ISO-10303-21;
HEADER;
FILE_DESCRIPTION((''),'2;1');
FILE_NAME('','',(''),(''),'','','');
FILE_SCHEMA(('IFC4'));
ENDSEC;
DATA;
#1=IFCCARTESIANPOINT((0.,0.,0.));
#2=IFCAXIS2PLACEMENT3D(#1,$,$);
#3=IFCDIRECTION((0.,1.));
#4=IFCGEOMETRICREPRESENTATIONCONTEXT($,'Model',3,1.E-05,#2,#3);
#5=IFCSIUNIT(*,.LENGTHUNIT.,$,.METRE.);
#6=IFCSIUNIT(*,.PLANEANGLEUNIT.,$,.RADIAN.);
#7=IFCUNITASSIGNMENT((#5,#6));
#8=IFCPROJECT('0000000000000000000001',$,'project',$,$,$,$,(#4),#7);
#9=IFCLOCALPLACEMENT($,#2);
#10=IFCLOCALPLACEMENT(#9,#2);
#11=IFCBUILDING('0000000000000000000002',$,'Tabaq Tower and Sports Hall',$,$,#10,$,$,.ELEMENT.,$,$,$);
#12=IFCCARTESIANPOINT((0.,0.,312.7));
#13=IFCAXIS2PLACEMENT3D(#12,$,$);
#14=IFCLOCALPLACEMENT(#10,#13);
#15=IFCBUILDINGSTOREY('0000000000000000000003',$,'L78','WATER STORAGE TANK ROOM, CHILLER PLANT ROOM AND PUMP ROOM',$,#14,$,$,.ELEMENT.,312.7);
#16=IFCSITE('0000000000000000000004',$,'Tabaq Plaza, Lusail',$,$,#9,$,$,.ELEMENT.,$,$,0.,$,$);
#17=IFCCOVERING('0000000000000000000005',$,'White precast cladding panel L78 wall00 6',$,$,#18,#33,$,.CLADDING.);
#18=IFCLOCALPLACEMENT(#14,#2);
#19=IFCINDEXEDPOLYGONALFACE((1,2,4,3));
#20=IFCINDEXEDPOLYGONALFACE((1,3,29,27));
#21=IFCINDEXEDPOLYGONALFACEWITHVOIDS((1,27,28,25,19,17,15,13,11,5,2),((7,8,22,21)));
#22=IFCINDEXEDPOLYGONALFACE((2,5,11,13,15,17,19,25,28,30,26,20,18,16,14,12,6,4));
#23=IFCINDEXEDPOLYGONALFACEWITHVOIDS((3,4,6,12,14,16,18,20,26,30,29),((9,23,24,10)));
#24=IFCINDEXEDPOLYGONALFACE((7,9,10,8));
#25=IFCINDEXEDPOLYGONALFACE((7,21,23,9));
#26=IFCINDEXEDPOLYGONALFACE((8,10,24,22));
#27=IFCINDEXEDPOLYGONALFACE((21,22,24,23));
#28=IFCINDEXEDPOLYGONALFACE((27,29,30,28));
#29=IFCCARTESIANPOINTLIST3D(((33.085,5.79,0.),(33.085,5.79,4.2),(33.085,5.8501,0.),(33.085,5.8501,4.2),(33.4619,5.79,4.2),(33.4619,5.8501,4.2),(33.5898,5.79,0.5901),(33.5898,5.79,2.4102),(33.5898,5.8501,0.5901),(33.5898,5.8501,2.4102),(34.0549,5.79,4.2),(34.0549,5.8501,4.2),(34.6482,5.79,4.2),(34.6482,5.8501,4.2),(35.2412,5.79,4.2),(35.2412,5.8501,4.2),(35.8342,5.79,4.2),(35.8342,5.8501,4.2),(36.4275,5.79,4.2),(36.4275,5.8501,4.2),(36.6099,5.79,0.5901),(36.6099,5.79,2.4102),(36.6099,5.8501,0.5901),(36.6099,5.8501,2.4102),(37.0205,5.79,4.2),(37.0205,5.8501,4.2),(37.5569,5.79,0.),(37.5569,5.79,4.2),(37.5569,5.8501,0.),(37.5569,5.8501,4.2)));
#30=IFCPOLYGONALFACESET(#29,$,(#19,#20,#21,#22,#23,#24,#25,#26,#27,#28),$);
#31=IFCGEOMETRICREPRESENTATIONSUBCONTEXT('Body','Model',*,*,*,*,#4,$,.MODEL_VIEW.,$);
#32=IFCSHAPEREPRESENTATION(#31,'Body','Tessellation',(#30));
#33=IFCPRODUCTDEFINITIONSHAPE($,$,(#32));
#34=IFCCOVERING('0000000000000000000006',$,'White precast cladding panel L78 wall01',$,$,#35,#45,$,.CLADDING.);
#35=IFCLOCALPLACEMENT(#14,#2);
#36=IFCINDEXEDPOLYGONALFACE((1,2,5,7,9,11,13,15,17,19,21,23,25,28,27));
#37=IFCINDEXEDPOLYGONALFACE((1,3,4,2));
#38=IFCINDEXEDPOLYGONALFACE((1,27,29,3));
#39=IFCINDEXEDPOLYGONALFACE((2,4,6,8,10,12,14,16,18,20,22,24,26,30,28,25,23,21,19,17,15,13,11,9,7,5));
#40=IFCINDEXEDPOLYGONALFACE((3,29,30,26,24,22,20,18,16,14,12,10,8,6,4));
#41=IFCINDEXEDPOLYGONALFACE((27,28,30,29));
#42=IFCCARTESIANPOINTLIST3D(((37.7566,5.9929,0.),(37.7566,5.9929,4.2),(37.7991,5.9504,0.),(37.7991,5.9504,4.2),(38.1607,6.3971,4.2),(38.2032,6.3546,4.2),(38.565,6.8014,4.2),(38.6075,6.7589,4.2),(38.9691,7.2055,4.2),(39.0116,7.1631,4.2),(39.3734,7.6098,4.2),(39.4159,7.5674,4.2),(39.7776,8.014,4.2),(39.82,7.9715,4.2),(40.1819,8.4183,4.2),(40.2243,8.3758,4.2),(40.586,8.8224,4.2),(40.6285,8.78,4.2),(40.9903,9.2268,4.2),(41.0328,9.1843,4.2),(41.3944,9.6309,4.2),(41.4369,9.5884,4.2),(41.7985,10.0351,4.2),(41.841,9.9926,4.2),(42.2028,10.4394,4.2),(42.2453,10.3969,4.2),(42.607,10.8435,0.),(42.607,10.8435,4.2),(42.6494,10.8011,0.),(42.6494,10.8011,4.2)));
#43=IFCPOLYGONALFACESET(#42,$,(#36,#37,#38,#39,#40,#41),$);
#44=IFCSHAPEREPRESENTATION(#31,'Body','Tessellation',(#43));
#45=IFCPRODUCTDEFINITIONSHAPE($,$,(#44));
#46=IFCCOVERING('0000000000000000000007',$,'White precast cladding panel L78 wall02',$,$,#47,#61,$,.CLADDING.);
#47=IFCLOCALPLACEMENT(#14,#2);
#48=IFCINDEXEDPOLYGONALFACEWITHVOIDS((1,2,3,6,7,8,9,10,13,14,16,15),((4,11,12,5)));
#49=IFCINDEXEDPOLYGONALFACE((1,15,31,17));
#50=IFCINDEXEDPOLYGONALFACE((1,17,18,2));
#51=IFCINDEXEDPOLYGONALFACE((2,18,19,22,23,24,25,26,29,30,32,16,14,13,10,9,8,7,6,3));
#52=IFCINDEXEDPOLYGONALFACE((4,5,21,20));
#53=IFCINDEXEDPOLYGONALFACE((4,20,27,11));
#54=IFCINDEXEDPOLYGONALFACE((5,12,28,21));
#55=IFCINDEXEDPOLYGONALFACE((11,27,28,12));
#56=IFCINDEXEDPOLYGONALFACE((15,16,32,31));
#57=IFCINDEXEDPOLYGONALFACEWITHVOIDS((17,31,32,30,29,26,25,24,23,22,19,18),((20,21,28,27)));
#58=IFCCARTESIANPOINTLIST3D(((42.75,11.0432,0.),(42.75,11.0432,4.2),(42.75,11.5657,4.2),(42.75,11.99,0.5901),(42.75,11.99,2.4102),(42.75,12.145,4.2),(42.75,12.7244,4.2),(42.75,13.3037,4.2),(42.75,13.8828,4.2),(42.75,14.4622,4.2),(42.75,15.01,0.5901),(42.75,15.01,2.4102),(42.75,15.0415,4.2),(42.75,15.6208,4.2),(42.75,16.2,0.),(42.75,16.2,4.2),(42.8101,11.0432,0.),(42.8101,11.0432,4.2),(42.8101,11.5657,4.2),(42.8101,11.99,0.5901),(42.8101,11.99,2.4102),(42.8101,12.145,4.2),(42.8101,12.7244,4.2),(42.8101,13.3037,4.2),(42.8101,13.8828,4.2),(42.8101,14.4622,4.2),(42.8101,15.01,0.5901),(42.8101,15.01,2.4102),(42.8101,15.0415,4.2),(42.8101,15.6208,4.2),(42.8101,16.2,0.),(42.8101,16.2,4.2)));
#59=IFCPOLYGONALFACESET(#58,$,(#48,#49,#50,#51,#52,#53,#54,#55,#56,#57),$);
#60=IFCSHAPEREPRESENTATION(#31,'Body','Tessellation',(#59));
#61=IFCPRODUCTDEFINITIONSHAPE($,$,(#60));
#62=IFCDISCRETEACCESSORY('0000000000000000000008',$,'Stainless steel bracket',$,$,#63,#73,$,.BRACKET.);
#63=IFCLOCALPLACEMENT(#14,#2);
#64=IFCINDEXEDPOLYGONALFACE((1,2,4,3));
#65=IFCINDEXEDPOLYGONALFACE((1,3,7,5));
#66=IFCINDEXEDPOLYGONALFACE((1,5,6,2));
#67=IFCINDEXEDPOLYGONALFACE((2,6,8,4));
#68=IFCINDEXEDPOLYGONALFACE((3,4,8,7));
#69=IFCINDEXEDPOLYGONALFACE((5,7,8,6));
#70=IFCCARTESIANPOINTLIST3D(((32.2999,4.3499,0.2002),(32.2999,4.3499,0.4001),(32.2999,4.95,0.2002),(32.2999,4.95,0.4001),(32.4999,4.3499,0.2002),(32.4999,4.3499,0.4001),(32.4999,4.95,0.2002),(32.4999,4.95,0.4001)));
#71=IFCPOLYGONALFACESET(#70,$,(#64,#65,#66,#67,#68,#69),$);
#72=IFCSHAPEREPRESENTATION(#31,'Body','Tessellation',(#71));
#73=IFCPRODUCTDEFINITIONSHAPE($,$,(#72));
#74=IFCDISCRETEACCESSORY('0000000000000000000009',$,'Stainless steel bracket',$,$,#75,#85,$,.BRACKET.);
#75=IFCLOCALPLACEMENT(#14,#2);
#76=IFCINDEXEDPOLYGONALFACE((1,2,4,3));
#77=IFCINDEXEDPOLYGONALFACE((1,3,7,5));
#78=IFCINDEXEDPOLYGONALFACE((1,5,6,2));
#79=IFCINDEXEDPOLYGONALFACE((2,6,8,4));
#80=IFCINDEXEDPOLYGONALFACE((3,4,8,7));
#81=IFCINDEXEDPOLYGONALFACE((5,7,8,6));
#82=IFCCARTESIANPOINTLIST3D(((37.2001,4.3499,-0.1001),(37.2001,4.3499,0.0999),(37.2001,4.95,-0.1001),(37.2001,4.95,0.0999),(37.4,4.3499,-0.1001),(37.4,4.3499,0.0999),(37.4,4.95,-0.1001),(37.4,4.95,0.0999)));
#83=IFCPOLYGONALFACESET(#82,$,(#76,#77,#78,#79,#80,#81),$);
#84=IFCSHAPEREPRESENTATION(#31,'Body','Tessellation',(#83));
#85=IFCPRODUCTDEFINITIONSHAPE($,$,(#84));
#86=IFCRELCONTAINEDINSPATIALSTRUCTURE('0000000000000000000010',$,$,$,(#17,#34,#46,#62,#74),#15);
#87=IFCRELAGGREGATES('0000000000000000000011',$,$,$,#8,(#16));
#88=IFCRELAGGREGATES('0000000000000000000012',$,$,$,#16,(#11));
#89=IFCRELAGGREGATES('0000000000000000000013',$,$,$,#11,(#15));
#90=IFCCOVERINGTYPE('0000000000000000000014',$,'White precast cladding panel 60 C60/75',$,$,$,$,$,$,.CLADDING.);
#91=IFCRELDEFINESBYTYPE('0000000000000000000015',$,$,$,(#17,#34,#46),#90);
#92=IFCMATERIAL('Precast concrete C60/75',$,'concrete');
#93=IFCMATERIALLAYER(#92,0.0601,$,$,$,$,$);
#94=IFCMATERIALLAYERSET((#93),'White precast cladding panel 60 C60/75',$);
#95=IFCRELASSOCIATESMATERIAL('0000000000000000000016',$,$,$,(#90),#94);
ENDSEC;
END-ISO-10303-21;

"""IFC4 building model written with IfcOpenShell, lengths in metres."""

from ifc_helpers import new_model, si_unit, direction, frame, origin, origin_2d, place, context, subcontext, project, spatial, polyline, rectangle, outline, extrude, material, layer, layer_set, type_object, element, save


model = new_model("IFC4")

# Units and contexts
model_context = context("Model", 3, precision=1e-05, world=origin(), true_north=direction((0.0, 1.0)))
body_context = subcontext(model_context, "Body", "Model", "MODEL_VIEW")
ifc_project = project(units=[si_unit("LENGTHUNIT", "METRE"), si_unit("PLANEANGLEUNIT", "RADIAN")], contexts=[model_context])

# Site, building, storey
site_placement = place(None, origin())
site = spatial("IfcSite", under=ifc_project, at=site_placement, Name="Tabaq Plaza, Lusail", CompositionType="ELEMENT", RefElevation=0.0)
building_placement = place(site_placement, origin())
building = spatial("IfcBuilding", under=site, at=building_placement, Name="Tabaq Tower and Sports Hall", CompositionType="ELEMENT")
storey_placement = place(building_placement, frame((0.0, 0.0, 312.7)))
storey = spatial("IfcBuildingStorey", under=building, at=storey_placement, Name="L78", Description="WATER STORAGE TANK ROOM, CHILLER PLANT ROOM AND PUMP ROOM", CompositionType="ELEMENT", Elevation=312.7)

# Coverings
ifc_material_1 = material(Name="Precast concrete C60/75", Category="concrete")
ifc_layer_1 = layer(ifc_material_1, 0.0601)
ifc_layer_set_1 = layer_set([ifc_layer_1], Name="White precast cladding panel 60 C60/75")
covering_type = type_object("IfcCoveringType", Name="White precast cladding panel 60 C60/75", PredefinedType="CLADDING", material=ifc_layer_set_1)
covering_1_placement = place(storey_placement, frame((33.085, 5.8201, 0.0), z_axis=(0.0, 0.0, 1.0), x_axis=(1.0, 0.0, 0.0)))
element("IfcCovering", 1, at=covering_1_placement, inside=storey, type_object=covering_type, Name="White precast cladding panel L78 wall00 6", PredefinedType="CLADDING", context=body_context, shape_type="SweptSolid", body=[
    extrude(outline(polyline([(0.0, 0.0), (4.4719, 0.0), (4.4719, 4.2), (3.9355, 4.2), (3.3425, 4.2), (2.7493, 4.2), (2.1562, 4.2), (1.5632, 4.2), (0.97, 4.2), (0.377, 4.2), (0.0, 4.2), (0.0, 0.0)]), holes=[polyline([(0.5049, 0.5901), (0.5049, 2.4102), (3.5249, 2.4102), (3.5249, 0.5901), (0.5049, 0.5901)])]), frame((0.0, 0.03, 0.0), z_axis=(0.0, -1.0, 0.0), x_axis=(1.0, 0.0, 0.0)), (0.0, 0.0, 1.0), 0.0601),
])
covering_2_placement = place(storey_placement, frame((37.7778, 5.9717, 0.0), z_axis=(0.0, 0.0, 1.0), x_axis=(0.707089, 0.707125, 0.0)))
element("IfcCovering", 2, at=covering_2_placement, inside=storey, type_object=covering_type, Name="White precast cladding panel L78 wall01", PredefinedType="CLADDING", context=body_context, shape_type="SweptSolid", body=[
    extrude(outline(polyline([(0.0, 0.0), (6.8596, 0.0), (6.8596, 4.2), (6.2881, 4.2), (5.7163, 4.2), (5.1448, 4.2), (4.5732, 4.2), (4.0015, 4.2), (3.4299, 4.2), (2.8582, 4.2), (2.2866, 4.2), (1.7148, 4.2), (1.1433, 4.2), (0.5715, 4.2), (0.0, 4.2), (0.0, 0.0)])), frame((0.0, 0.03, 0.0), z_axis=(0.0, -1.0, 0.0), x_axis=(1.0, 0.0, 0.0)), (0.0, 0.0, 1.0), 0.0601),
])
covering_3_placement = place(storey_placement, frame((42.78, 11.0432, 0.0), z_axis=(0.0, 0.0, 1.0), x_axis=(0.0, 1.0, 0.0)))
element("IfcCovering", 3, at=covering_3_placement, inside=storey, type_object=covering_type, Name="White precast cladding panel L78 wall02", PredefinedType="CLADDING", context=body_context, shape_type="SweptSolid", body=[
    extrude(outline(polyline([(0.0, 0.0), (5.1567, 0.0), (5.1567, 4.2), (4.5776, 4.2), (3.9983, 4.2), (3.4189, 4.2), (2.8396, 4.2), (2.2605, 4.2), (1.6812, 4.2), (1.1018, 4.2), (0.5225, 4.2), (0.0, 4.2), (0.0, 0.0)]), holes=[polyline([(0.9468, 0.5901), (0.9468, 2.4102), (3.9668, 2.4102), (3.9668, 0.5901), (0.9468, 0.5901)])]), frame((0.0, 0.03, 0.0), z_axis=(0.0, -1.0, 0.0), x_axis=(1.0, 0.0, 0.0)), (0.0, 0.0, 1.0), 0.0601),
])

# Discrete accessories
for number, where, z_axis, x_axis, name in (
    (4, (32.3999, 4.6499, 0.2002), (0.0, 0.0, 1.0), (0.0, -1.0, 0.0), "Stainless steel bracket"),
    (5, (37.3, 4.6499, -0.1001), (0.0, 0.0, 1.0), (0.0, -1.0, 0.0), "Stainless steel bracket"),
):
    element("IfcDiscreteAccessory", number, at=place(storey_placement, frame(where, z_axis=z_axis, x_axis=x_axis)), inside=storey, Name=name, PredefinedType="BRACKET", context=body_context, shape_type="SweptSolid", body=[
        extrude(rectangle(XDim=0.6001, YDim=0.2, at=origin_2d()), origin(), (0.0, 0.0, 1.0), 0.2),
    ])

save(model, "model.ifc")
